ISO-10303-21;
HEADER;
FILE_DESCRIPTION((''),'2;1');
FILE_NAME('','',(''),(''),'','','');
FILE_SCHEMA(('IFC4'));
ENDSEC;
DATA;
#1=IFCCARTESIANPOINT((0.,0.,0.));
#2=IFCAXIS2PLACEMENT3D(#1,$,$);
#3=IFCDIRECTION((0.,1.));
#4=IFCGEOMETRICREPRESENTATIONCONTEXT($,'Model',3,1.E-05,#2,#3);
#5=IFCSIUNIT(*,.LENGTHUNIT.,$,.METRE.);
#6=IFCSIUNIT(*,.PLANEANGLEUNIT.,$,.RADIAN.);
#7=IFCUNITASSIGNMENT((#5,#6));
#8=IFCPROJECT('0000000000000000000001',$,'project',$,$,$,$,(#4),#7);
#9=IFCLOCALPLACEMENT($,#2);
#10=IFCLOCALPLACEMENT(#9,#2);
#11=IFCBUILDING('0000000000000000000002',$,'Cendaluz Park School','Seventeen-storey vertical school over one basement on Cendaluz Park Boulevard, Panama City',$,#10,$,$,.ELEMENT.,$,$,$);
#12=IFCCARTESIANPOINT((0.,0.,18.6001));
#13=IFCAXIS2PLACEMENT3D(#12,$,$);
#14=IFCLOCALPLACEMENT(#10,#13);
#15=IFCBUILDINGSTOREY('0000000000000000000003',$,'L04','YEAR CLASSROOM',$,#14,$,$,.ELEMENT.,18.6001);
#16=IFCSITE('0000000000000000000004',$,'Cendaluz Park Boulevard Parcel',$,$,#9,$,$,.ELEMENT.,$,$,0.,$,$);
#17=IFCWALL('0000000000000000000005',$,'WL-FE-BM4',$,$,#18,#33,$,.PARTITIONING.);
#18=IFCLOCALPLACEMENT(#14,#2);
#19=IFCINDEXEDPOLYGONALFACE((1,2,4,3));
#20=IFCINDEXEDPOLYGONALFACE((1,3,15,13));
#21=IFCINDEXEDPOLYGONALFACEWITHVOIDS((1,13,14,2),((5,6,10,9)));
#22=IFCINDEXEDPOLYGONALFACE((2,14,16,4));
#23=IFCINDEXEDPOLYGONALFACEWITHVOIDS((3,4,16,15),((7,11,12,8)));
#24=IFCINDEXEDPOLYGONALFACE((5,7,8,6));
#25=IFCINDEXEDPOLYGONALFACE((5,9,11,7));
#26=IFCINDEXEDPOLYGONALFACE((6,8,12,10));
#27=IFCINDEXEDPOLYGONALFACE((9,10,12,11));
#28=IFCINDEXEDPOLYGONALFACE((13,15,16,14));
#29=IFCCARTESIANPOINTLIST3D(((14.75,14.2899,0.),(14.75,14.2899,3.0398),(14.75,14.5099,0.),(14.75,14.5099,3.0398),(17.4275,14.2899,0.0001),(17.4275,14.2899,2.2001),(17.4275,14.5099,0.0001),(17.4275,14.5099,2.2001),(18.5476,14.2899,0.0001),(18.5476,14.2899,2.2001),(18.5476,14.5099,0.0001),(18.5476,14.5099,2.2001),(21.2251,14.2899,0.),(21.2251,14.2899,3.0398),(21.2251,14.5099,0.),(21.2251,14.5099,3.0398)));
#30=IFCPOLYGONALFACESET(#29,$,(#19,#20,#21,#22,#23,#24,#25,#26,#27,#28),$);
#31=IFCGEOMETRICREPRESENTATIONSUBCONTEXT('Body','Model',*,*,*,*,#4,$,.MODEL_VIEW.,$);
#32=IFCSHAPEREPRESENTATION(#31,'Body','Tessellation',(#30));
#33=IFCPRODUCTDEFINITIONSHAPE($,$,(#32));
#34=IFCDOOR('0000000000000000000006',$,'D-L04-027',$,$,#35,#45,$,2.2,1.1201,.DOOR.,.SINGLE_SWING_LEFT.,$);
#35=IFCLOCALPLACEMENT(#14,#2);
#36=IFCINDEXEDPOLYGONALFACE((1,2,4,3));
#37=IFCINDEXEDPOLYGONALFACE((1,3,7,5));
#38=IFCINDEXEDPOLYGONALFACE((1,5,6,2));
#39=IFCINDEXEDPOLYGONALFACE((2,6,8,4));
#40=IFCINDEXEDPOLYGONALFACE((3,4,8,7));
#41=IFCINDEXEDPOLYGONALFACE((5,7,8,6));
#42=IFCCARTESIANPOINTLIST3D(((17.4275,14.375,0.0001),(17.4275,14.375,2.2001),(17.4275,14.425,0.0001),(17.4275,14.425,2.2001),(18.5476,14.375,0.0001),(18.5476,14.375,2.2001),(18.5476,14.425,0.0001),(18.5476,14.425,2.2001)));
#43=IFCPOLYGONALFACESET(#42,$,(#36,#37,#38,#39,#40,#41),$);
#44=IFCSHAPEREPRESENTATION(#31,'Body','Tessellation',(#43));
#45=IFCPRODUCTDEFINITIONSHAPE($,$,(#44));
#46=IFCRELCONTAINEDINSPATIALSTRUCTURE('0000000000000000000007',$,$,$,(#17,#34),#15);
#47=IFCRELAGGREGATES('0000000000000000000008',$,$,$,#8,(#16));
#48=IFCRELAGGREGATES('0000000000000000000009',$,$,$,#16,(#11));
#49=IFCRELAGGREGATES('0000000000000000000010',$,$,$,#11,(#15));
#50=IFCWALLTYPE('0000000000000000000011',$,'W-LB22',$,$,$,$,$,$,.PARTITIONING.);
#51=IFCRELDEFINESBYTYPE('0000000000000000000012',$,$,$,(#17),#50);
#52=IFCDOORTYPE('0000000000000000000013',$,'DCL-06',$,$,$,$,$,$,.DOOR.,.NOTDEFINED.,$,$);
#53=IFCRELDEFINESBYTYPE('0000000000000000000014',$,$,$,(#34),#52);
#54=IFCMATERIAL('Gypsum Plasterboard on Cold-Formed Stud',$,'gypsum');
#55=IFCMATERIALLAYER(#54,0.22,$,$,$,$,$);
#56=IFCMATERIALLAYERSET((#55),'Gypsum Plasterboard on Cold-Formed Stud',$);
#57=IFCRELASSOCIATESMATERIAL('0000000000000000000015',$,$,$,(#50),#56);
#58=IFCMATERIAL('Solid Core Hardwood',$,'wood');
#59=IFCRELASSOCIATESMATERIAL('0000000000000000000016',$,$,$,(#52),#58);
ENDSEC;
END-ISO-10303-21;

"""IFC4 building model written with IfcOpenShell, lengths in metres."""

from ifc_helpers import new_model, si_unit, direction, frame, frame_2d, origin, place, context, subcontext, project, spatial, rectangle, extrude, material, layer, layer_set, type_object, element, fill, save


model = new_model("IFC4")

# Units and contexts
model_context = context("Model", 3, precision=1e-05, world=origin(), true_north=direction((0.0, 1.0)))
body_context = subcontext(model_context, "Body", "Model", "MODEL_VIEW")
ifc_project = project(units=[si_unit("LENGTHUNIT", "METRE"), si_unit("PLANEANGLEUNIT", "RADIAN")], contexts=[model_context])

# Site, building, storey
site_placement = place(None, origin())
site = spatial("IfcSite", under=ifc_project, at=site_placement, Name="Cendaluz Park Boulevard Parcel", CompositionType="ELEMENT", RefElevation=0.0)
building_placement = place(site_placement, origin())
building = spatial("IfcBuilding", under=site, at=building_placement, Name="Cendaluz Park School", Description="Seventeen-storey vertical school over one basement on Cendaluz Park Boulevard, Panama City", CompositionType="ELEMENT")
storey_placement = place(building_placement, frame((0.0, 0.0, 18.6001)))
storey = spatial("IfcBuildingStorey", under=building, at=storey_placement, Name="L04", Description="YEAR CLASSROOM", CompositionType="ELEMENT", Elevation=18.6001)

# Wall, opening, door
ifc_material_1 = material(Name="Gypsum Plasterboard on Cold-Formed Stud", Category="gypsum")
ifc_layer_1 = layer(ifc_material_1, 0.22)
ifc_layer_set_1 = layer_set([ifc_layer_1], Name="Gypsum Plasterboard on Cold-Formed Stud")
wall_type_1 = type_object("IfcWallType", Name="W-LB22", PredefinedType="PARTITIONING", material=ifc_layer_set_1)
wall_1_placement = place(storey_placement, frame((14.75, 14.3999, 0.0), z_axis=(0.0, 0.0, 1.0), x_axis=(1.0, 0.0, 0.0)))
wall_1 = element("IfcWall", 1, at=wall_1_placement, inside=storey, type_object=wall_type_1, Name="WL-FE-BM4", PredefinedType="PARTITIONING", context=body_context, shape_type="SweptSolid", body=[
    extrude(rectangle(XDim=6.4751, YDim=0.22, at=frame_2d((3.2375, 0.0))), origin(), (0.0, 0.0, 1.0), 3.0398),
])
opening_1_placement = place(wall_1_placement, frame((2.6775, 0.0, 0.0)))
opening_1 = element("IfcOpeningElement", 2, at=opening_1_placement, cuts=wall_1, PredefinedType="OPENING", context=body_context, shape_type="SweptSolid", body=[
    extrude(rectangle(XDim=1.1201, YDim=2.2, at=frame_2d((0.5601, 1.1001))), frame((0.0, 0.1221, 0.0), z_axis=(0.0, -1.0, 0.0), x_axis=(1.0, 0.0, 0.0)), (0.0, 0.0, 1.0), 0.2439),
])
ifc_material_2 = material(Name="Solid Core Hardwood", Category="wood")
door_type = type_object("IfcDoorType", Name="DCL-06", OperationType="NOTDEFINED", PredefinedType="DOOR", material=ifc_material_2)
door_placement = place(opening_1_placement, frame((1.1201, 0.0, 0.0), z_axis=(0.0, 0.0, 1.0), x_axis=(-1.0, 0.0, 0.0)))
door = element("IfcDoor", 3, at=door_placement, inside=storey, type_object=door_type, Name="D-L04-027", OperationType="SINGLE_SWING_LEFT", OverallHeight=2.2, OverallWidth=1.1201, PredefinedType="DOOR", context=body_context, shape_type="SweptSolid", body=[
    extrude(rectangle(XDim=1.1201, YDim=2.2, at=frame_2d((0.5601, 1.1001))), frame((0.0, 0.0249, 0.0), z_axis=(0.0, -1.0, 0.0), x_axis=(1.0, 0.0, 0.0)), (0.0, 0.0, 1.0), 0.05),
])
fill(opening_1, door)

save(model, "model.ifc")
